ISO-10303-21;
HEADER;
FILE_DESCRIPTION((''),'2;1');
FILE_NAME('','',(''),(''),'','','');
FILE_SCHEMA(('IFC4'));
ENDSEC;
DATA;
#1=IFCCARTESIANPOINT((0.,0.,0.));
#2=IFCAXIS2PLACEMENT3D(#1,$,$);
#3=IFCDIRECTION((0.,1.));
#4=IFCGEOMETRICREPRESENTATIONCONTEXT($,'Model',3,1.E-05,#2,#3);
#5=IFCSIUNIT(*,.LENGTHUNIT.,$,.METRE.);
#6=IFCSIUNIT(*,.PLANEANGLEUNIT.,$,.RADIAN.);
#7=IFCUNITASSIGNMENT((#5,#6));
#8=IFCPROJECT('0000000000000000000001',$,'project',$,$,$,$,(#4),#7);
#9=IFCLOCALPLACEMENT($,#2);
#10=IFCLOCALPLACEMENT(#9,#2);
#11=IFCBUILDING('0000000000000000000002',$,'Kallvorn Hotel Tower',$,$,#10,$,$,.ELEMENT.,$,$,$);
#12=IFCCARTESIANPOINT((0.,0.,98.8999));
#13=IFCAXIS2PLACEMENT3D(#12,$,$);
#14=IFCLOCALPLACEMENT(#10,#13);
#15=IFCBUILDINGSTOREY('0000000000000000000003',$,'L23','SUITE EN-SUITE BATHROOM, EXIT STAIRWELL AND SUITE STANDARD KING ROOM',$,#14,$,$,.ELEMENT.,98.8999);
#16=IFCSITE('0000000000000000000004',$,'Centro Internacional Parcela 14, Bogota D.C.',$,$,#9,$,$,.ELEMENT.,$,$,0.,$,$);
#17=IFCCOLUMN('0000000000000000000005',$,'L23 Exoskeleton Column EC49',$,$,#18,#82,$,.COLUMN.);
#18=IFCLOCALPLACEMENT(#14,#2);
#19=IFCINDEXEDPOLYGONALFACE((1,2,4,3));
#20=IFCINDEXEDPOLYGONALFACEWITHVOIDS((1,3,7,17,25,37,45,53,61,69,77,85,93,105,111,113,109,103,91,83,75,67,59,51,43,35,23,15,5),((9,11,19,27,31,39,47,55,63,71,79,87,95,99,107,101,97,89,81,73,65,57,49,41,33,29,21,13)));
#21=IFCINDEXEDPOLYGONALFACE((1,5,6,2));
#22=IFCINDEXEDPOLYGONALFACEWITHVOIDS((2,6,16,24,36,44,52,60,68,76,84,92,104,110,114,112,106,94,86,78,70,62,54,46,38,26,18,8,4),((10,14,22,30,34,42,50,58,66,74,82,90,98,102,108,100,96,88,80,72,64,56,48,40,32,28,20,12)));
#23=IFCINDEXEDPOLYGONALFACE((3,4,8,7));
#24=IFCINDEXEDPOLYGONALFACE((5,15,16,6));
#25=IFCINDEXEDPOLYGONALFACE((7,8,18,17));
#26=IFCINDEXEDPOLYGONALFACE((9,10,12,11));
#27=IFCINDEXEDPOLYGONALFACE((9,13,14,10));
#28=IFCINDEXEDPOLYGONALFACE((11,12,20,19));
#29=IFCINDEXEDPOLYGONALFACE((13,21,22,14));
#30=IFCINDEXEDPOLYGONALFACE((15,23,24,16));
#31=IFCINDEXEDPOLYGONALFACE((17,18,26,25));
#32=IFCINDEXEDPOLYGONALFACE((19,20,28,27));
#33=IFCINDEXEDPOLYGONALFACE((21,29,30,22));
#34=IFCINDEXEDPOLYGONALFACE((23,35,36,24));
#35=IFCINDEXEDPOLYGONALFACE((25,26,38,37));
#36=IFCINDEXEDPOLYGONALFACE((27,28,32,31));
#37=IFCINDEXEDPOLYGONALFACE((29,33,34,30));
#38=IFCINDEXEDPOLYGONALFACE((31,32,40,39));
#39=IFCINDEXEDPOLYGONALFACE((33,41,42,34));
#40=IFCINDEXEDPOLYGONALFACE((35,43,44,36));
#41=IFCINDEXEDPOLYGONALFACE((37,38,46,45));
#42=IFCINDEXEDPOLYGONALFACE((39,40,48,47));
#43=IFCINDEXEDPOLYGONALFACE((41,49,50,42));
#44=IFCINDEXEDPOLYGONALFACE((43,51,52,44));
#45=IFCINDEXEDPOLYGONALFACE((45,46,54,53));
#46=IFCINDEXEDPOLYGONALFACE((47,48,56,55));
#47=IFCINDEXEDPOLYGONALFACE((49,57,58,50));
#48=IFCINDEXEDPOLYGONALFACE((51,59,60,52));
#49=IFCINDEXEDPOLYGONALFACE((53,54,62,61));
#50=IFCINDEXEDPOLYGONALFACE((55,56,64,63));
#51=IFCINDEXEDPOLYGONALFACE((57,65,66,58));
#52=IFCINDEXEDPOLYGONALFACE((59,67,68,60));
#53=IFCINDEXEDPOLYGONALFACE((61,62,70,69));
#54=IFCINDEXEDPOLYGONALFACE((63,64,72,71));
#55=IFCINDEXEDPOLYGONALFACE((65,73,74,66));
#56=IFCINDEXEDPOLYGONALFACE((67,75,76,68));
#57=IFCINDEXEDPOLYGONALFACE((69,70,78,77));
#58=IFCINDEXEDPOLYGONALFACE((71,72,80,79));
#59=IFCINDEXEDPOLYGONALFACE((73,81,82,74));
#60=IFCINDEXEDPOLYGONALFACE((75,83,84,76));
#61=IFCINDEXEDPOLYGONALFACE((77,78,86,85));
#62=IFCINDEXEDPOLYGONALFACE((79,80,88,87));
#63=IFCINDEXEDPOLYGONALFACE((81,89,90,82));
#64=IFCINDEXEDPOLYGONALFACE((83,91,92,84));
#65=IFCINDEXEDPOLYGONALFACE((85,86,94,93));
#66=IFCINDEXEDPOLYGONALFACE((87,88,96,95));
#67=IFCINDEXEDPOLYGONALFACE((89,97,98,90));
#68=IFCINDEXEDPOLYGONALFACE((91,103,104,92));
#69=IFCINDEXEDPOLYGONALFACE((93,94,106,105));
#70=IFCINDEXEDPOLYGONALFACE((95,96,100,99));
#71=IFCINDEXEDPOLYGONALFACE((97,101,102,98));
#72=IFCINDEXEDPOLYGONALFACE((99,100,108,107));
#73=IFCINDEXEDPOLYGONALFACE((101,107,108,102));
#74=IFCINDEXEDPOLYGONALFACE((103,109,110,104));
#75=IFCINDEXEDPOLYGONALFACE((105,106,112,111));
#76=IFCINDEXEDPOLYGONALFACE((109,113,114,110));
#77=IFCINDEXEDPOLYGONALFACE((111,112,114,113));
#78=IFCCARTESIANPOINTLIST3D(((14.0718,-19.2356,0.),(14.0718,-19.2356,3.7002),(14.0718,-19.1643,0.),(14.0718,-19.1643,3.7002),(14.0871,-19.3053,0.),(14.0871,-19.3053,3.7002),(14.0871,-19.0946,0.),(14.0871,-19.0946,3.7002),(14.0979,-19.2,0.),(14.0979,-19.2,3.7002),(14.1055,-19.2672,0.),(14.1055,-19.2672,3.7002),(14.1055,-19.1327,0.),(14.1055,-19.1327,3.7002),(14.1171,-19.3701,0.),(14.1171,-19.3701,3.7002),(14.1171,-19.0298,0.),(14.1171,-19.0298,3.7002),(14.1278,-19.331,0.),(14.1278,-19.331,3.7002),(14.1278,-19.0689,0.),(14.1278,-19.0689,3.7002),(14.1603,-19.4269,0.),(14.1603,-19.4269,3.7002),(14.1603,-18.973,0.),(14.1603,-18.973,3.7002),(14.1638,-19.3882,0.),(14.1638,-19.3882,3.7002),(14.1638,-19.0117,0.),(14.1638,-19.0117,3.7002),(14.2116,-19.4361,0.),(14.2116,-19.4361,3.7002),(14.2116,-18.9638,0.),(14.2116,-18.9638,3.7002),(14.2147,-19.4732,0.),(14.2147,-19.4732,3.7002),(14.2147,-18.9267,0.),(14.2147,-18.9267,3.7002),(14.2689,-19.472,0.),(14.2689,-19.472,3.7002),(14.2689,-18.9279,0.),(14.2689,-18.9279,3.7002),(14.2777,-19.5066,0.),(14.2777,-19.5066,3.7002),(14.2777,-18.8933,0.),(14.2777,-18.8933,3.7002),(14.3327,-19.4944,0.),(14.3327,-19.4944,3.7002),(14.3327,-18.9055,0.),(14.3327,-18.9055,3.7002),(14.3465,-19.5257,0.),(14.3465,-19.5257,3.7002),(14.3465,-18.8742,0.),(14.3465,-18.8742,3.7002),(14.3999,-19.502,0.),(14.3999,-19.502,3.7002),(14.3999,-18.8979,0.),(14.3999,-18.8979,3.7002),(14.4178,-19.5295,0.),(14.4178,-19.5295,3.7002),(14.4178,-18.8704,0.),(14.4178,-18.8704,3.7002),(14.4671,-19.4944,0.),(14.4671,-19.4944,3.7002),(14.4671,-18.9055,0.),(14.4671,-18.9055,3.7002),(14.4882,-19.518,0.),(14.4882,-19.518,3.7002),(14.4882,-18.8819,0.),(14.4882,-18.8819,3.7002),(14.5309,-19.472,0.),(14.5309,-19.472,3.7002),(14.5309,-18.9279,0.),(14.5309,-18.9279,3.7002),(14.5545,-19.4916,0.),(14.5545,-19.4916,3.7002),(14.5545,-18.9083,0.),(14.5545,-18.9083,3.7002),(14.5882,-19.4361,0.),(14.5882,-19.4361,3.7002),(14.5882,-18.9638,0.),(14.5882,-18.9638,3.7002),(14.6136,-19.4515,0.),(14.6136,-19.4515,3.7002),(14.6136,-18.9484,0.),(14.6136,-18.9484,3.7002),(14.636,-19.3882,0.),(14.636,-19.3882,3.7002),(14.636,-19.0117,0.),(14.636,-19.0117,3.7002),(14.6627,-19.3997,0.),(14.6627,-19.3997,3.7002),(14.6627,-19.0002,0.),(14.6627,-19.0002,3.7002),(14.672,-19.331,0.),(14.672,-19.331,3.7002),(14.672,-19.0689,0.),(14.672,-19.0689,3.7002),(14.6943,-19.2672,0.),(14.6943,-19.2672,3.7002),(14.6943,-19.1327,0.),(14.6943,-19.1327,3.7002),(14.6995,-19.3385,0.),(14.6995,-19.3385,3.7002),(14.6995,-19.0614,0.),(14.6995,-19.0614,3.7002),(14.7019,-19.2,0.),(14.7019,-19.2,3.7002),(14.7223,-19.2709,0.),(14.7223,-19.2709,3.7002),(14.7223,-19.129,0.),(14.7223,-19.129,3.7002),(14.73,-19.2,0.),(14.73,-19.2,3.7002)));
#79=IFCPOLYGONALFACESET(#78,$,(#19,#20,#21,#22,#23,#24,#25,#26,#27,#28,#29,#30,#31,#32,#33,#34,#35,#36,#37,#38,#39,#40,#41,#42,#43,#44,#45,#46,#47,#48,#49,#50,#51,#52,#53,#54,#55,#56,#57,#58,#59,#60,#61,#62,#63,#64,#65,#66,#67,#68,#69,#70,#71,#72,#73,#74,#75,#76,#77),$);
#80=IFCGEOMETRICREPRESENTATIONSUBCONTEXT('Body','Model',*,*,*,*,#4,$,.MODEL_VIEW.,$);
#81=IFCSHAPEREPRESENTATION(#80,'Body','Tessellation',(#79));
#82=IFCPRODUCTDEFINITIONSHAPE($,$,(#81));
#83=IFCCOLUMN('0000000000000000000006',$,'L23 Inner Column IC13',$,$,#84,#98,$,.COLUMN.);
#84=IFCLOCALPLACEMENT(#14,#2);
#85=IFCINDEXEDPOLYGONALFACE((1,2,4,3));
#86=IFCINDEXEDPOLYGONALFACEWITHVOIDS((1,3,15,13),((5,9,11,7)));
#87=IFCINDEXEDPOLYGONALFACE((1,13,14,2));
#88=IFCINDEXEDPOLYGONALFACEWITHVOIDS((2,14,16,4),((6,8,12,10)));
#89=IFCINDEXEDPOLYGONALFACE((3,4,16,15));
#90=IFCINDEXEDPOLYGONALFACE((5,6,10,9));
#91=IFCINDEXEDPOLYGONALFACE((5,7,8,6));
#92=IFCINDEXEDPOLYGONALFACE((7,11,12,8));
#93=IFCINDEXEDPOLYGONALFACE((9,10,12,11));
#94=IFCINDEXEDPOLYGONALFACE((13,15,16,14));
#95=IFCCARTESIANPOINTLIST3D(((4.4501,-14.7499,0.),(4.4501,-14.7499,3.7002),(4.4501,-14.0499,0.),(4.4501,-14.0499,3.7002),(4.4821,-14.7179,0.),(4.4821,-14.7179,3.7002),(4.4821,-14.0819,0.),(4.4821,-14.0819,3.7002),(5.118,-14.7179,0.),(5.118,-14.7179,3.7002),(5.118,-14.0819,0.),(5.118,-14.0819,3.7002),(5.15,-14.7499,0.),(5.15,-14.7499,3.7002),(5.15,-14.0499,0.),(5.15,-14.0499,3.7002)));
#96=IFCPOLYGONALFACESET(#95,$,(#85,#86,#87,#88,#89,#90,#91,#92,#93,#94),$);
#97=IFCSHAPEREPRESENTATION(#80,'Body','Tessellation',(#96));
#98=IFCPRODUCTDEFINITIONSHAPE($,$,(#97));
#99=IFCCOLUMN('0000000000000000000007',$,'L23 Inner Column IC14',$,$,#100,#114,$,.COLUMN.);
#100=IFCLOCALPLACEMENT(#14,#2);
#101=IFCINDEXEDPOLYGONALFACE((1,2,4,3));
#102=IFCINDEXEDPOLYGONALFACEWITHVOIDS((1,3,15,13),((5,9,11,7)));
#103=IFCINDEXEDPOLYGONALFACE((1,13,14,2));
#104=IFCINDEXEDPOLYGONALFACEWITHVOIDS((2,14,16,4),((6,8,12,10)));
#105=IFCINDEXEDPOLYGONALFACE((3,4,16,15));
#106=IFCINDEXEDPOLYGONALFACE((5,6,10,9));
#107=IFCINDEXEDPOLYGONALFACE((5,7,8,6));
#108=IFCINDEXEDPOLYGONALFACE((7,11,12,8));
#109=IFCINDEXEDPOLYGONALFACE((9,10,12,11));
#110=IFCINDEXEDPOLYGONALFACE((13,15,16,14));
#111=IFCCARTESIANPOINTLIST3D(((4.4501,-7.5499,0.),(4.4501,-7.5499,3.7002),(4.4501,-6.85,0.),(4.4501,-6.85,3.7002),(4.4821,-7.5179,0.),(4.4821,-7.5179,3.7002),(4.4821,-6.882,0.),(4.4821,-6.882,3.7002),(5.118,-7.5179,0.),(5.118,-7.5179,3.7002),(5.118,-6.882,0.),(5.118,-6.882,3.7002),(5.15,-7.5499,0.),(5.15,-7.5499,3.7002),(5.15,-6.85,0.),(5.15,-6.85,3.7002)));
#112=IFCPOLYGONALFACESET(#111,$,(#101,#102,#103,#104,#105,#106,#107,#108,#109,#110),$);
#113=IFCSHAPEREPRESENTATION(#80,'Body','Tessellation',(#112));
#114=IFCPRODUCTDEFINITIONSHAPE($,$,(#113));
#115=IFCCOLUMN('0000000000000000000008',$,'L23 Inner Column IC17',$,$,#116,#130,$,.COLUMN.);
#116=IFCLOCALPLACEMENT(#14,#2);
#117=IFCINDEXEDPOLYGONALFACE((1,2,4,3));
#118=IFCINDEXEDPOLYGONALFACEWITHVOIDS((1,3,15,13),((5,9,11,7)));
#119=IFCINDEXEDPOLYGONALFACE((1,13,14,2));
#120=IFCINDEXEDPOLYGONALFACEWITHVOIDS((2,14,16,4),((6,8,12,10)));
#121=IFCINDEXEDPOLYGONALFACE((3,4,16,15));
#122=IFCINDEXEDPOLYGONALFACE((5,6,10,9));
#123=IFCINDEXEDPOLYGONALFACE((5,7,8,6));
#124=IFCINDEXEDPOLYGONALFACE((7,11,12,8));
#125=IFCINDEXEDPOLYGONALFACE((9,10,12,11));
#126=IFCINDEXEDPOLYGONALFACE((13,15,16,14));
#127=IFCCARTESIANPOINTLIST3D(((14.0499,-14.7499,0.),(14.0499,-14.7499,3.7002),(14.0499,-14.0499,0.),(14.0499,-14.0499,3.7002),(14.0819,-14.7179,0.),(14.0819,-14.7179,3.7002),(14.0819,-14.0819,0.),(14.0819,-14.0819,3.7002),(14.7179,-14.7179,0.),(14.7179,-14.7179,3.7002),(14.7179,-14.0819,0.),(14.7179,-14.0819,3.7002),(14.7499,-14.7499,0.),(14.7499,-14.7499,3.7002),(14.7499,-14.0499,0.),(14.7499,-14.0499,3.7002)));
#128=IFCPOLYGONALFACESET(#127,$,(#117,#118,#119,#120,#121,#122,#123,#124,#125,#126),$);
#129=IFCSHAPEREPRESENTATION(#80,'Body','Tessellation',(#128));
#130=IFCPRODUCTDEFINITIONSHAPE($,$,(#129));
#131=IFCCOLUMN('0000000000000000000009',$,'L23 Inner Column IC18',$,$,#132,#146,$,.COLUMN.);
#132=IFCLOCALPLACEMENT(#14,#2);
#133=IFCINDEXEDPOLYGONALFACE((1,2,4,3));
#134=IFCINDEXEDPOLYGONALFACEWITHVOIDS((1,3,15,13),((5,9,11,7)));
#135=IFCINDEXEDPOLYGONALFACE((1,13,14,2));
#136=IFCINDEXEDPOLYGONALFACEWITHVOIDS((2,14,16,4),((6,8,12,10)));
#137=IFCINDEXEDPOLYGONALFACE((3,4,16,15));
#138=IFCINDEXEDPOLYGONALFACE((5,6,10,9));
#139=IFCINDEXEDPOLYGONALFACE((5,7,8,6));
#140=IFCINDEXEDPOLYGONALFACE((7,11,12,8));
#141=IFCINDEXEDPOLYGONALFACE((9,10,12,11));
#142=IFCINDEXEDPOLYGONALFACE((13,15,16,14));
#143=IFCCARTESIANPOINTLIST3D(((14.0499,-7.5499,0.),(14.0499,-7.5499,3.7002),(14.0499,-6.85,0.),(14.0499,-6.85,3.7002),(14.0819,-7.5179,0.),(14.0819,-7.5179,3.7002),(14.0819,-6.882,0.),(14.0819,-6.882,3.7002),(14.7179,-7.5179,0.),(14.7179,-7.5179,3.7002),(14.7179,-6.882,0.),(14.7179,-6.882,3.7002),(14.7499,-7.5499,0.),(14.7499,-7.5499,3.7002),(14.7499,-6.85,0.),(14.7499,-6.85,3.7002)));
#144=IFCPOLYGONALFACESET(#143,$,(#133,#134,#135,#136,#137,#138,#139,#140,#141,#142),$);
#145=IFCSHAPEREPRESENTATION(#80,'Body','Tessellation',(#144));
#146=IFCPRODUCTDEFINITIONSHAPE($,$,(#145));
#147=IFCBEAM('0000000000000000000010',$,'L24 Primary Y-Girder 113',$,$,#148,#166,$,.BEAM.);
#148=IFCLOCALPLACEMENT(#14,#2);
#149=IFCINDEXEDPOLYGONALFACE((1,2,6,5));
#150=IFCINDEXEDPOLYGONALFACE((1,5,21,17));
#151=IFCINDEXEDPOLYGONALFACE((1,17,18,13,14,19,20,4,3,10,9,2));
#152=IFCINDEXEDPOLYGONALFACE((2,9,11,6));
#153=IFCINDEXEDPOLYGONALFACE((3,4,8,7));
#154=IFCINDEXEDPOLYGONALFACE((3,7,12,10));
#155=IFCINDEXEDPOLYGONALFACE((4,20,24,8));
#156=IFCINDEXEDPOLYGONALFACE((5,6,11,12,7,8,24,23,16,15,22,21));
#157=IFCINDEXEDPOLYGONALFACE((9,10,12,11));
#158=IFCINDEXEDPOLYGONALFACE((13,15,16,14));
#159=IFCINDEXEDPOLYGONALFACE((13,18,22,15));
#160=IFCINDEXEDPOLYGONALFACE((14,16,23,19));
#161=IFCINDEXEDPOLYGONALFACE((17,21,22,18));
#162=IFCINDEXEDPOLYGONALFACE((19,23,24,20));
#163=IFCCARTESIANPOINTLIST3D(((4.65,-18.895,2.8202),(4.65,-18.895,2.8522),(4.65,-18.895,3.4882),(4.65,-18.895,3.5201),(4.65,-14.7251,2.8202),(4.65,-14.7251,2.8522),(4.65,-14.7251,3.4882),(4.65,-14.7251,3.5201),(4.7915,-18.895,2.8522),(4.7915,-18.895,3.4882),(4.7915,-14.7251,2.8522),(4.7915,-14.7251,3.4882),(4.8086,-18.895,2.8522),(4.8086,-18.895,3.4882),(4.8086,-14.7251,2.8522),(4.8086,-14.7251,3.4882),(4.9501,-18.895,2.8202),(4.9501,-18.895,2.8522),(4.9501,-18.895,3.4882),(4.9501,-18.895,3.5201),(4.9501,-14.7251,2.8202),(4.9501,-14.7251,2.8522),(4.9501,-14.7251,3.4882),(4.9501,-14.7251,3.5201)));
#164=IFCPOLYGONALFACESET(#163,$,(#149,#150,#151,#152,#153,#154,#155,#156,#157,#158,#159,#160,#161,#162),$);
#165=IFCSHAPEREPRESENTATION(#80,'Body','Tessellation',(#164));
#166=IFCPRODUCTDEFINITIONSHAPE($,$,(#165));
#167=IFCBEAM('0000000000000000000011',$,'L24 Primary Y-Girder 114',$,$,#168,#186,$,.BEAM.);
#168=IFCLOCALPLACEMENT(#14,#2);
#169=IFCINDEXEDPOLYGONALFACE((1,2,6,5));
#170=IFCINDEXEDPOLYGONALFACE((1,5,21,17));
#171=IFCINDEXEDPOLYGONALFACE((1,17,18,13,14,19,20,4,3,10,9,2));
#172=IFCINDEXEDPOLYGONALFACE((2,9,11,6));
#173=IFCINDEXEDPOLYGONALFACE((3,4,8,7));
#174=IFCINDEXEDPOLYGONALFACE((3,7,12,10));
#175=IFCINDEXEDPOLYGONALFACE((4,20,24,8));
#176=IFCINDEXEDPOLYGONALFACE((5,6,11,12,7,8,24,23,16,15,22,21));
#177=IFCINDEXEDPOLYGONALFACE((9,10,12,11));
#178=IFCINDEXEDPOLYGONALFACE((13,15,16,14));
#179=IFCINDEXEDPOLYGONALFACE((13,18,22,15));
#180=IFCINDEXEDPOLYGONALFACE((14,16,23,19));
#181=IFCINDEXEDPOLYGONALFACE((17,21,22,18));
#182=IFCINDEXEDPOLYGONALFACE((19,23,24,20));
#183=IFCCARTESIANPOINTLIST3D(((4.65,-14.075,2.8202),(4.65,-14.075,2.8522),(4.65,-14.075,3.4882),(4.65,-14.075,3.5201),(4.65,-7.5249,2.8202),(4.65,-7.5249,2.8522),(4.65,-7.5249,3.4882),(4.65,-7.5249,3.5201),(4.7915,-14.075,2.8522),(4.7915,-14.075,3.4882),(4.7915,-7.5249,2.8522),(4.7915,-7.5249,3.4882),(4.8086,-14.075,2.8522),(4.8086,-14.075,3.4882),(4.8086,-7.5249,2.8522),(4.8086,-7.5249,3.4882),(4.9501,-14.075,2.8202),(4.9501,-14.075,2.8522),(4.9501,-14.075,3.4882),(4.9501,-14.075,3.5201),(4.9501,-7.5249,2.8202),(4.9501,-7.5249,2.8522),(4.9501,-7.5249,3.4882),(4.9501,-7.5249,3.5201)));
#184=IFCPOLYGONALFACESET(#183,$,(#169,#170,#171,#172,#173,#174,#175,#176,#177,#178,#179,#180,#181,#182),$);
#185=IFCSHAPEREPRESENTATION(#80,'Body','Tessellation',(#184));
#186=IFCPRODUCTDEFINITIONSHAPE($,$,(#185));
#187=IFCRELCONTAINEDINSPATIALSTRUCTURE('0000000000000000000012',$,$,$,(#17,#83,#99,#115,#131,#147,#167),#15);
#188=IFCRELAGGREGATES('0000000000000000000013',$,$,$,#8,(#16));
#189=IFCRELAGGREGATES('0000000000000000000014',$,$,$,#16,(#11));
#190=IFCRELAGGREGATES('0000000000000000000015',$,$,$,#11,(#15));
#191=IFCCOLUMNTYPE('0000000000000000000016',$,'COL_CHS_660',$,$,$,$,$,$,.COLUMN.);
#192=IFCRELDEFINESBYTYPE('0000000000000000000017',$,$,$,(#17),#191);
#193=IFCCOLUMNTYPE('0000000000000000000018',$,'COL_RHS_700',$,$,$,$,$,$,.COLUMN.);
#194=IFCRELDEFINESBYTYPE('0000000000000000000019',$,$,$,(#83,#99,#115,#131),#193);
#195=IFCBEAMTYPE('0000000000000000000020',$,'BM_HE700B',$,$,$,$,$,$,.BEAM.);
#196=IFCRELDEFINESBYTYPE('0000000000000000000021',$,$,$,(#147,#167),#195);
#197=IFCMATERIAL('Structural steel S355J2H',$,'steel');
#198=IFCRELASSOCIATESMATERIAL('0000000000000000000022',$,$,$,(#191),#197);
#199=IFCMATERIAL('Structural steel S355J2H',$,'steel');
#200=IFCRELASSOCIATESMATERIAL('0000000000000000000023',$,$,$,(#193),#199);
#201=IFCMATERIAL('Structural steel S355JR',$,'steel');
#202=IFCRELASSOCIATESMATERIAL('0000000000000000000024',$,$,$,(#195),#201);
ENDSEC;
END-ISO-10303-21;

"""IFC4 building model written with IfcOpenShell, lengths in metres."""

from ifc_helpers import new_model, si_unit, direction, frame, origin, origin_2d, place, context, subcontext, project, spatial, hollow_rectangle, hollow_circle, i_section, extrude, material, material_profile, profile_set, type_object, element, save


model = new_model("IFC4")

# Units and contexts
model_context = context("Model", 3, precision=1e-05, world=origin(), true_north=direction((0.0, 1.0)))
body_context = subcontext(model_context, "Body", "Model", "MODEL_VIEW")
ifc_project = project(units=[si_unit("LENGTHUNIT", "METRE"), si_unit("PLANEANGLEUNIT", "RADIAN")], contexts=[model_context])

# Site, building, storey
site_placement = place(None, origin())
site = spatial("IfcSite", under=ifc_project, at=site_placement, Name="Centro Internacional Parcela 14, Bogota D.C.", CompositionType="ELEMENT", RefElevation=0.0)
building_placement = place(site_placement, origin())
building = spatial("IfcBuilding", under=site, at=building_placement, Name="Kallvorn Hotel Tower", CompositionType="ELEMENT")
storey_placement = place(building_placement, frame((0.0, 0.0, 98.8999)))
storey = spatial("IfcBuildingStorey", under=building, at=storey_placement, Name="L23", Description="SUITE EN-SUITE BATHROOM, EXIT STAIRWELL AND SUITE STANDARD KING ROOM", CompositionType="ELEMENT", Elevation=98.8999)

# Columns
ifc_material_1 = material(Name="Structural steel S355J2H", Category="steel")
ifc_material_profile_1 = material_profile(ifc_material_1, hollow_circle(Radius=0.3301, WallThickness=0.0281, at=origin_2d()), Name="CHS 660x28")
ifc_profile_set_1 = profile_set([ifc_material_profile_1], Name="Structural steel S355J2H")
column_type_1 = type_object("IfcColumnType", Name="COL_CHS_660", PredefinedType="COLUMN", material=ifc_profile_set_1)
for number, where, z_axis, x_axis, name in (
    (1, (14.3999, -19.2, 0.0), (0.0, 0.0, 1.0), (1.0, 0.0, 0.0), "L23 Exoskeleton Column EC49"),
):
    element("IfcColumn", number, at=place(storey_placement, frame(where, z_axis=z_axis, x_axis=x_axis)), inside=storey, type_object=column_type_1, Name=name, PredefinedType="COLUMN", context=body_context, shape_type="SweptSolid", body=[
        extrude(hollow_circle(Radius=0.3301, WallThickness=0.0281, at=origin_2d()), origin(), (0.0, 0.0, 1.0), 3.7002),
    ])
ifc_material_2 = material(Name="Structural steel S355J2H", Category="steel")
ifc_material_profile_2 = material_profile(ifc_material_2, hollow_rectangle(XDim=0.7, YDim=0.7, WallThickness=0.032, at=origin_2d()), Name="RHS 700x700x32")
ifc_profile_set_2 = profile_set([ifc_material_profile_2], Name="Structural steel S355J2H")
column_type_2 = type_object("IfcColumnType", Name="COL_RHS_700", PredefinedType="COLUMN", material=ifc_profile_set_2)
for number, where, z_axis, x_axis, name in (
    (2, (4.8, -14.3999, 0.0), (0.0, 0.0, 1.0), (1.0, 0.0, 0.0), "L23 Inner Column IC13"),
    (3, (4.8, -7.2, 0.0), (0.0, 0.0, 1.0), (1.0, 0.0, 0.0), "L23 Inner Column IC14"),
    (4, (14.3999, -14.3999, 0.0), (0.0, 0.0, 1.0), (1.0, 0.0, 0.0), "L23 Inner Column IC17"),
    (5, (14.3999, -7.2, 0.0), (0.0, 0.0, 1.0), (1.0, 0.0, 0.0), "L23 Inner Column IC18"),
):
    element("IfcColumn", number, at=place(storey_placement, frame(where, z_axis=z_axis, x_axis=x_axis)), inside=storey, type_object=column_type_2, Name=name, PredefinedType="COLUMN", context=body_context, shape_type="SweptSolid", body=[
        extrude(hollow_rectangle(XDim=0.7, YDim=0.7, WallThickness=0.032, at=origin_2d()), origin(), (0.0, 0.0, 1.0), 3.7002),
    ])

# Beams
ifc_material_3 = material(Name="Structural steel S355JR", Category="steel")
ifc_material_profile_3 = material_profile(ifc_material_3, i_section(OverallWidth=0.3, OverallDepth=0.7, WebThickness=0.0171, FlangeThickness=0.032, at=origin_2d()), Name="HE 700 B")
ifc_profile_set_3 = profile_set([ifc_material_profile_3], Name="Structural steel S355JR")
beam_type_1 = type_object("IfcBeamType", Name="BM_HE700B", PredefinedType="BEAM", material=ifc_profile_set_3)
beam_1_placement = place(storey_placement, frame((4.8, -18.895, 3.1702), z_axis=(0.0, 1.0, 0.0), x_axis=(-1.0, 0.0, 0.0)))
element("IfcBeam", 6, at=beam_1_placement, inside=storey, type_object=beam_type_1, Name="L24 Primary Y-Girder 113", PredefinedType="BEAM", context=body_context, shape_type="SweptSolid", body=[
    extrude(i_section(OverallWidth=0.3, OverallDepth=0.7, WebThickness=0.0171, FlangeThickness=0.032, at=origin_2d()), origin(), (0.0, 0.0, 1.0), 4.1699),
])
beam_2_placement = place(storey_placement, frame((4.8, -14.075, 3.1702), z_axis=(0.0, 1.0, 0.0), x_axis=(-1.0, 0.0, 0.0)))
element("IfcBeam", 7, at=beam_2_placement, inside=storey, type_object=beam_type_1, Name="L24 Primary Y-Girder 114", PredefinedType="BEAM", context=body_context, shape_type="SweptSolid", body=[
    extrude(i_section(OverallWidth=0.3, OverallDepth=0.7, WebThickness=0.0171, FlangeThickness=0.032, at=origin_2d()), origin(), (0.0, 0.0, 1.0), 6.55),
])

save(model, "model.ifc")
